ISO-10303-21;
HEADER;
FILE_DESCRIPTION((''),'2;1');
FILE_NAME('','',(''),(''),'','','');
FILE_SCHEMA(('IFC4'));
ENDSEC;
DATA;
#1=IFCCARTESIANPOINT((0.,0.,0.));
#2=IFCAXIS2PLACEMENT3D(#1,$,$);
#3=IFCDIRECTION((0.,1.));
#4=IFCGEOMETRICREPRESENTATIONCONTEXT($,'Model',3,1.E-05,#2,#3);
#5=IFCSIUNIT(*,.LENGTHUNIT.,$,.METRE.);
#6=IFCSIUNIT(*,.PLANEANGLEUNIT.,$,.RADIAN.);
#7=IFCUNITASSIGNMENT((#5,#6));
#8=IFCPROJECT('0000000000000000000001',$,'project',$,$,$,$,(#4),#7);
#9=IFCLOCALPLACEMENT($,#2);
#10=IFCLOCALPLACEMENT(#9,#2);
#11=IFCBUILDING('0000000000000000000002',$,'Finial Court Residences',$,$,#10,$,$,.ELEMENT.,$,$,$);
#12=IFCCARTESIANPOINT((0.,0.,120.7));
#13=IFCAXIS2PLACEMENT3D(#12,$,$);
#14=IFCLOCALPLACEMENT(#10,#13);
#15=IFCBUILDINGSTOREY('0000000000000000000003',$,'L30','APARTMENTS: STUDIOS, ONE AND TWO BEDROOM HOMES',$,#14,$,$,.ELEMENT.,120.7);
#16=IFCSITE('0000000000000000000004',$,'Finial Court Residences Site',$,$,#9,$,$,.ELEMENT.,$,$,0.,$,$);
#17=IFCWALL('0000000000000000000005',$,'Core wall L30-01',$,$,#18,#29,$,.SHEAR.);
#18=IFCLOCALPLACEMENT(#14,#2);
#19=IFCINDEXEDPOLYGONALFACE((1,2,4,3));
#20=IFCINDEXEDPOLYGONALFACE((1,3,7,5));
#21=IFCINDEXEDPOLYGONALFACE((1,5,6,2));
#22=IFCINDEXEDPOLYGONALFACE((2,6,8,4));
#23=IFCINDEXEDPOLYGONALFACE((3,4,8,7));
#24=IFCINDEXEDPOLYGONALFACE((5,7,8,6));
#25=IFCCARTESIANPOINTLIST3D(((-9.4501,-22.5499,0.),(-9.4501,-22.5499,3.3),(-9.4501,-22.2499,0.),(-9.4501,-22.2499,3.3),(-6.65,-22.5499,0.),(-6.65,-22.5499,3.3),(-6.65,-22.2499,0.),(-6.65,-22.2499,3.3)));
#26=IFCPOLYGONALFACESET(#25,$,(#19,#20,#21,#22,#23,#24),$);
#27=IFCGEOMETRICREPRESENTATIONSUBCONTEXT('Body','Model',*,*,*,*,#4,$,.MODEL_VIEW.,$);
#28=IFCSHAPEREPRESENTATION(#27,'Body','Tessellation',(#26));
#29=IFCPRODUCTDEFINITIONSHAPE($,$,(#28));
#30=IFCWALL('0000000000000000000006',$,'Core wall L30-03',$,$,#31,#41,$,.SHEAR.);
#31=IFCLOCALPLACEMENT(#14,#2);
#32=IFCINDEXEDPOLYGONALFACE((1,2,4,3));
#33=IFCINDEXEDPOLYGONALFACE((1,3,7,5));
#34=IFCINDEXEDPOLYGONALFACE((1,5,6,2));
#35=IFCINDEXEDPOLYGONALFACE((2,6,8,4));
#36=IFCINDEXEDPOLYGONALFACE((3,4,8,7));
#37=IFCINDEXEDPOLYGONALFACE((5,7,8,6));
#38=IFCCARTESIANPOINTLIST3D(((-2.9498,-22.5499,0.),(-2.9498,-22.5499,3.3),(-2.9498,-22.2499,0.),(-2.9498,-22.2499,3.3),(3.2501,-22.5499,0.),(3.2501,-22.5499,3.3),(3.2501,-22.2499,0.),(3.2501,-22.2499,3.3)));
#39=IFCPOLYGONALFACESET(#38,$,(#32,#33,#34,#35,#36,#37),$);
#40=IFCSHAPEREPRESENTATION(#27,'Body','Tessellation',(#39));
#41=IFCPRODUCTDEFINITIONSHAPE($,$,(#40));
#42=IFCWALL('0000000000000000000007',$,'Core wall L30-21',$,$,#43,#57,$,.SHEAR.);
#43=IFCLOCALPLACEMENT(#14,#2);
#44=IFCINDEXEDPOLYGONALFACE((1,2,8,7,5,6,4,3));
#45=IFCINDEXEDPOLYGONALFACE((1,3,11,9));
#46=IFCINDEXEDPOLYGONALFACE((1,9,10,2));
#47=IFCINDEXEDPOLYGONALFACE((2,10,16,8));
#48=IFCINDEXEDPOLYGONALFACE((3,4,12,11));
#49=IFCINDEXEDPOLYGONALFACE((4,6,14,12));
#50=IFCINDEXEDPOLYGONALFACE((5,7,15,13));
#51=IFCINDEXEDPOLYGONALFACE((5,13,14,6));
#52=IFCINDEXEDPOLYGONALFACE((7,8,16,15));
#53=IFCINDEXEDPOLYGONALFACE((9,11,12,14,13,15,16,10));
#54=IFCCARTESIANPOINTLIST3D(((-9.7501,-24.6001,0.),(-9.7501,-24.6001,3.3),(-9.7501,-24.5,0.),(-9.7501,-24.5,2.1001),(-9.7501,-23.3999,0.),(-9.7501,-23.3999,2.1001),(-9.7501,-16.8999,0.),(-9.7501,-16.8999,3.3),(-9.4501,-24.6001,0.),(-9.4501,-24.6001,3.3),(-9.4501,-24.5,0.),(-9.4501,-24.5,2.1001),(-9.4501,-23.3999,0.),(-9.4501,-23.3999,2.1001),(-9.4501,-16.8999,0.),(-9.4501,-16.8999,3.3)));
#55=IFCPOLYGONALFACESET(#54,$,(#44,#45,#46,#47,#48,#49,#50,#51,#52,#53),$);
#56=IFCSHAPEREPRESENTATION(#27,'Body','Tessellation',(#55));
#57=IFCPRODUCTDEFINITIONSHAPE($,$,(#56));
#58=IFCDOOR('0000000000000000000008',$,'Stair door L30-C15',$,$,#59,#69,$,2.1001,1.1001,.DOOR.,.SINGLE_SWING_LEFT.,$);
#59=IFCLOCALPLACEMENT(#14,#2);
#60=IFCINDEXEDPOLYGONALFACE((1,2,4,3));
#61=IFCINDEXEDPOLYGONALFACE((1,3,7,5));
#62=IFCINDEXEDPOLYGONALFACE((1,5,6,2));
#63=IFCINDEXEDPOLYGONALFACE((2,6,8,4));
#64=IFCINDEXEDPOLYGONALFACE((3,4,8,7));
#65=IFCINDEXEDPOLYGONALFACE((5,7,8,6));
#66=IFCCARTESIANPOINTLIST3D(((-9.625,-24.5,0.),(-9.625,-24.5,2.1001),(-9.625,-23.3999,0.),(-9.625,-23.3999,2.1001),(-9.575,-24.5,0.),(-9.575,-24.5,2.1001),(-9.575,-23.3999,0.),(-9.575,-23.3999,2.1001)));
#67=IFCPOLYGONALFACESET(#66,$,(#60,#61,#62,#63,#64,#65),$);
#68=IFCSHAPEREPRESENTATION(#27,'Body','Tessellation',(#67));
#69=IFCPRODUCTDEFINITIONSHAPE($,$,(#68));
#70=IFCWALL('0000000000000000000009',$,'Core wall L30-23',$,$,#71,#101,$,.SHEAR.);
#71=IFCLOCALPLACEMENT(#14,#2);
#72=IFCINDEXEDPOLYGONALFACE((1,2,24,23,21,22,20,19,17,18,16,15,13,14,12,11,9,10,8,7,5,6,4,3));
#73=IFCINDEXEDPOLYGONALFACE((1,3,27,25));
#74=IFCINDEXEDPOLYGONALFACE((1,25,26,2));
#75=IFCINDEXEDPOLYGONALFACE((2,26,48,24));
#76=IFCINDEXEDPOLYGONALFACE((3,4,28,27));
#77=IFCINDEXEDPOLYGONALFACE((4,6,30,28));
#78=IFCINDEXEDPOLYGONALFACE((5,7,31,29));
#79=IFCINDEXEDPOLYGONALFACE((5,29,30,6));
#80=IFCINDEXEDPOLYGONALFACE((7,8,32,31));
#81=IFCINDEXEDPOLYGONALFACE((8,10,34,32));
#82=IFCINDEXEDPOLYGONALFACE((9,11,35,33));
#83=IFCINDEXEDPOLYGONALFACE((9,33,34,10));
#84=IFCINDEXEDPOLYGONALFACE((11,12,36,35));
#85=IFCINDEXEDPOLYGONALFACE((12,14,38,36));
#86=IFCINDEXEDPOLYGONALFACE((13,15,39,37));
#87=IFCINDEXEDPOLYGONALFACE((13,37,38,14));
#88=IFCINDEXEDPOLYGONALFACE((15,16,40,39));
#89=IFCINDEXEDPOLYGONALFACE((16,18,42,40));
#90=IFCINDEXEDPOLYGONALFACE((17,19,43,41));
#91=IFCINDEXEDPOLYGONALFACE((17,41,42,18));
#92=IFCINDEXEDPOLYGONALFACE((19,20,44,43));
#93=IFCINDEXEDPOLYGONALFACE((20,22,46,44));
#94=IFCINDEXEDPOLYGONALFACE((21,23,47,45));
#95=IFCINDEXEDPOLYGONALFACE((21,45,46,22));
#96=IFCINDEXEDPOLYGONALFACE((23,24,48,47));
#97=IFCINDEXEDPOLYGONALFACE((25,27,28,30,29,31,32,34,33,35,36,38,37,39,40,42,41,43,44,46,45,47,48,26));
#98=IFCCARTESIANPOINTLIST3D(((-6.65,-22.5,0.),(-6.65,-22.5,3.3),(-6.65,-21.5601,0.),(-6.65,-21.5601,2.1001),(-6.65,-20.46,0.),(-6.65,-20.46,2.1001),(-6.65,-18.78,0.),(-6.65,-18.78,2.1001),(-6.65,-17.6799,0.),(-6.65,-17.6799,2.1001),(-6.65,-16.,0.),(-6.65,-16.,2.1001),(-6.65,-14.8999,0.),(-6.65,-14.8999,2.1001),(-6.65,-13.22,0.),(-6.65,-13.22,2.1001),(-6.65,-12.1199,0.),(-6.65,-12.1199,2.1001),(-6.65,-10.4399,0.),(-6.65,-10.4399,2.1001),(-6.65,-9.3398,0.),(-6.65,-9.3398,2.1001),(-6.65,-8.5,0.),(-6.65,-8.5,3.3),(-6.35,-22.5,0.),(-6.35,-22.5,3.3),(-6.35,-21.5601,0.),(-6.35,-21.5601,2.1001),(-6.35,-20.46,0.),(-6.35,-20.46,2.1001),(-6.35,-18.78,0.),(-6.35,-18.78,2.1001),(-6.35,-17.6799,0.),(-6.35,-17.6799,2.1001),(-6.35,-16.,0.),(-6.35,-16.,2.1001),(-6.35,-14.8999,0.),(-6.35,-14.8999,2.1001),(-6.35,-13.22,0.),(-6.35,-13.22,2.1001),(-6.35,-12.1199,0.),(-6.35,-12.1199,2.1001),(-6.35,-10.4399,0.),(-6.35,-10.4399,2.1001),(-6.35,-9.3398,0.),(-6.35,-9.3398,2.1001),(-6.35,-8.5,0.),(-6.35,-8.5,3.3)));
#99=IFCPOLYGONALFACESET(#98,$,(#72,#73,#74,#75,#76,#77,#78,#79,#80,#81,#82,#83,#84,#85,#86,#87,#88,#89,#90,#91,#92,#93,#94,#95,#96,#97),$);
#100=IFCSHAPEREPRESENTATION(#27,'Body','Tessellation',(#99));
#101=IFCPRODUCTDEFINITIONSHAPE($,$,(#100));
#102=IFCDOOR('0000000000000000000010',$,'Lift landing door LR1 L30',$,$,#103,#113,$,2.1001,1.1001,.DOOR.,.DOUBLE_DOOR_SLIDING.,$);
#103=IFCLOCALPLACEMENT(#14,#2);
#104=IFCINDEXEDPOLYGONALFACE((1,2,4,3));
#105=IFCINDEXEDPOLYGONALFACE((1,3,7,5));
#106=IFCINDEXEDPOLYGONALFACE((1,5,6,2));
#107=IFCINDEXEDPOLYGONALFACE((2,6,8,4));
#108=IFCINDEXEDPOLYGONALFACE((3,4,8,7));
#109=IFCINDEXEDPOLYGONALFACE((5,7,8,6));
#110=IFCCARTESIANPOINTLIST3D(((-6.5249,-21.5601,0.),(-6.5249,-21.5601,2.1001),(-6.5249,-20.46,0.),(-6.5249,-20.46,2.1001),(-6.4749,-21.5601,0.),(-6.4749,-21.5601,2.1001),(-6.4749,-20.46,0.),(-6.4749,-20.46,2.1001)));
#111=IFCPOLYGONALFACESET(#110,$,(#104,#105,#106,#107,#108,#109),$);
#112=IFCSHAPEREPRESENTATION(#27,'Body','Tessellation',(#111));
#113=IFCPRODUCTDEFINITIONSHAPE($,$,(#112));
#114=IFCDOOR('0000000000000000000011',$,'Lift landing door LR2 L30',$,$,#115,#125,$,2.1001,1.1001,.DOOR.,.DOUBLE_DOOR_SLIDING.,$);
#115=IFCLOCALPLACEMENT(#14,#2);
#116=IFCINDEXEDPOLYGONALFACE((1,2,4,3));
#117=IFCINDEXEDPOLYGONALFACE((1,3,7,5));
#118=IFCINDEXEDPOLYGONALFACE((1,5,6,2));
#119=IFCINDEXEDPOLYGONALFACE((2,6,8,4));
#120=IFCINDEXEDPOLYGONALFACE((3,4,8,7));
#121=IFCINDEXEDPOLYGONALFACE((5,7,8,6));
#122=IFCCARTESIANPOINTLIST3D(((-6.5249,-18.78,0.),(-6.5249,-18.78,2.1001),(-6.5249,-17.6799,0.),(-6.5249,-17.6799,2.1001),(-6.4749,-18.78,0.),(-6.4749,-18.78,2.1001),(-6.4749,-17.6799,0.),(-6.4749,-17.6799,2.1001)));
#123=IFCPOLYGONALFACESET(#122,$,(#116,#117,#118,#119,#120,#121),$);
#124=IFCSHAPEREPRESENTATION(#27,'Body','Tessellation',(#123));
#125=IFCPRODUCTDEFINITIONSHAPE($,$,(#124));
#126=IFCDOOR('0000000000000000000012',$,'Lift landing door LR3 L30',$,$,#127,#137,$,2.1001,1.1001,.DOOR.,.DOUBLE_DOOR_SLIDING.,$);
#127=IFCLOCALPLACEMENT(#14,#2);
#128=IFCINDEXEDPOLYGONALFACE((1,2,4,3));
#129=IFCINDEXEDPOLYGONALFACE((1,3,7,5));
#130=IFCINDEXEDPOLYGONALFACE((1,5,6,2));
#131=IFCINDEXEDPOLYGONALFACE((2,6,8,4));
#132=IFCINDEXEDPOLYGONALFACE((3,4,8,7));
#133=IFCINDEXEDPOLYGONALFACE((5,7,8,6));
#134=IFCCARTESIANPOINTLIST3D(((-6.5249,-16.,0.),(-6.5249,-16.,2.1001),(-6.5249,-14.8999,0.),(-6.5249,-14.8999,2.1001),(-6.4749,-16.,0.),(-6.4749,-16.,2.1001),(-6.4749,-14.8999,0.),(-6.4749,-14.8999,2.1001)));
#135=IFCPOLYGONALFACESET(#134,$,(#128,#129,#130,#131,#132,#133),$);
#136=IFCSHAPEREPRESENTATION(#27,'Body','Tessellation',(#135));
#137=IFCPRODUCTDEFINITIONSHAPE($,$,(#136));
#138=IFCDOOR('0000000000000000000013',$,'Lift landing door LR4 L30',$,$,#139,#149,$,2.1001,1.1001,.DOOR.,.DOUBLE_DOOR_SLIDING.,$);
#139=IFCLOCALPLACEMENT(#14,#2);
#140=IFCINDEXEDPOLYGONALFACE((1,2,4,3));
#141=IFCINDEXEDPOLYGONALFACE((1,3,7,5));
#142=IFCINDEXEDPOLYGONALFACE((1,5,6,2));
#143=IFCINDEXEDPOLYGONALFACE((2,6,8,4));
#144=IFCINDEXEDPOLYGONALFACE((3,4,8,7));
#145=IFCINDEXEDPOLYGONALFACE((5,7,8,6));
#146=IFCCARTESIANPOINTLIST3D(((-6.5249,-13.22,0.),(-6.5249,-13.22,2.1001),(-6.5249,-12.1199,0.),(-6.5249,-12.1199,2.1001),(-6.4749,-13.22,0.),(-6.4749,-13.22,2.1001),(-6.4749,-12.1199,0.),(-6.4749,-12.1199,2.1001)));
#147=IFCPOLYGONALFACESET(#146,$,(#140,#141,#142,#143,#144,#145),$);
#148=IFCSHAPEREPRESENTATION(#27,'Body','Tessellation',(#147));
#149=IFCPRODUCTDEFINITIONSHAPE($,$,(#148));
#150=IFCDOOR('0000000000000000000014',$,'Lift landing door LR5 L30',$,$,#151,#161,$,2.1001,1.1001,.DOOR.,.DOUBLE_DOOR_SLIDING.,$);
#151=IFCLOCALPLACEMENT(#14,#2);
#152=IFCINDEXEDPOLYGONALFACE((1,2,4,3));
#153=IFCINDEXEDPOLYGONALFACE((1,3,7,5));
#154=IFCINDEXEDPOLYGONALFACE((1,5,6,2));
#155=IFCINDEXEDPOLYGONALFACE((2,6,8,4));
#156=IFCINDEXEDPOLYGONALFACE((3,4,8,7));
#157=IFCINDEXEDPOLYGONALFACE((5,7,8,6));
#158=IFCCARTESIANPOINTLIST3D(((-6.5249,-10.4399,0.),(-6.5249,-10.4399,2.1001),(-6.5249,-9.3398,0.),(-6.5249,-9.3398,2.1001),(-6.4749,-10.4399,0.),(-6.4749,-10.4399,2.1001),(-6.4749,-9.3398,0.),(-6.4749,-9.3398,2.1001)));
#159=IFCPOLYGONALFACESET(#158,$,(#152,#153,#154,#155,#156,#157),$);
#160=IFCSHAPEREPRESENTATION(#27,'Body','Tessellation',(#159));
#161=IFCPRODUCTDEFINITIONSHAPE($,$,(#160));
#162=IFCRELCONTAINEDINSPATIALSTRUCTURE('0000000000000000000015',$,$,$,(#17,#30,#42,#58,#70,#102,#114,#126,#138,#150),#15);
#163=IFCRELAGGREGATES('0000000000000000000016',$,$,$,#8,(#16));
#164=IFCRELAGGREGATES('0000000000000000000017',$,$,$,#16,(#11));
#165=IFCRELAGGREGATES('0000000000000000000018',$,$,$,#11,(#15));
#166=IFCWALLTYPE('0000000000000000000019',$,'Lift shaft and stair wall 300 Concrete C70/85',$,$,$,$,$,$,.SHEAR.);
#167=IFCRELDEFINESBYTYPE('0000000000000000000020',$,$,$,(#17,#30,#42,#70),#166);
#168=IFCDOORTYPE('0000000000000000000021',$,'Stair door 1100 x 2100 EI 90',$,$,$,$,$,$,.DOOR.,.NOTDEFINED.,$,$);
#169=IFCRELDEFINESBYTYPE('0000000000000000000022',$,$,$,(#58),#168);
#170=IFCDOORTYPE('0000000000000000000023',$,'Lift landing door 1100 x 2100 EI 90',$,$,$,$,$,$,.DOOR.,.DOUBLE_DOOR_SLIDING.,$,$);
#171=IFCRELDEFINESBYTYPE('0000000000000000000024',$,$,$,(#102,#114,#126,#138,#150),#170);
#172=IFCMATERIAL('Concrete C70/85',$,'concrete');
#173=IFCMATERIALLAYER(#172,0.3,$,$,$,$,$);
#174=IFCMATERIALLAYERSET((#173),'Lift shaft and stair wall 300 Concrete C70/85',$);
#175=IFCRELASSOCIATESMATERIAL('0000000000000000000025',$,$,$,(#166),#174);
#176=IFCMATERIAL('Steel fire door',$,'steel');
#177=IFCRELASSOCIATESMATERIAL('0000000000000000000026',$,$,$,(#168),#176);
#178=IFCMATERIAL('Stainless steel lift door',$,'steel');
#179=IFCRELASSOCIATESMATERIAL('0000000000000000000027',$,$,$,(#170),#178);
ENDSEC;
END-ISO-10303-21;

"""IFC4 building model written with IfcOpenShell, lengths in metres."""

from ifc_helpers import new_model, si_unit, direction, frame, frame_2d, origin, place, context, subcontext, project, spatial, rectangle, extrude, material, layer, layer_set, type_object, element, fill, save


model = new_model("IFC4")

# Units and contexts
model_context = context("Model", 3, precision=1e-05, world=origin(), true_north=direction((0.0, 1.0)))
body_context = subcontext(model_context, "Body", "Model", "MODEL_VIEW")
ifc_project = project(units=[si_unit("LENGTHUNIT", "METRE"), si_unit("PLANEANGLEUNIT", "RADIAN")], contexts=[model_context])

# Site, building, storey
site_placement = place(None, origin())
site = spatial("IfcSite", under=ifc_project, at=site_placement, Name="Finial Court Residences Site", CompositionType="ELEMENT", RefElevation=0.0)
building_placement = place(site_placement, origin())
building = spatial("IfcBuilding", under=site, at=building_placement, Name="Finial Court Residences", CompositionType="ELEMENT")
storey_placement = place(building_placement, frame((0.0, 0.0, 120.7)))
storey = spatial("IfcBuildingStorey", under=building, at=storey_placement, Name="L30", Description="APARTMENTS: STUDIOS, ONE AND TWO BEDROOM HOMES", CompositionType="ELEMENT", Elevation=120.7)

# Walls
ifc_material_1 = material(Name="Concrete C70/85", Category="concrete")
ifc_layer_1 = layer(ifc_material_1, 0.3)
ifc_layer_set_1 = layer_set([ifc_layer_1], Name="Lift shaft and stair wall 300 Concrete C70/85")
wall_type_1 = type_object("IfcWallType", Name="Lift shaft and stair wall 300 Concrete C70/85", PredefinedType="SHEAR", material=ifc_layer_set_1)
wall_1_placement = place(storey_placement, frame((-9.45, -22.3999, 0.0), z_axis=(0.0, 0.0, 1.0), x_axis=(1.0, 0.0, 0.0)))
element("IfcWall", 1, at=wall_1_placement, inside=storey, type_object=wall_type_1, Name="Core wall L30-01", PredefinedType="SHEAR", context=body_context, shape_type="SweptSolid", body=[
    extrude(rectangle(XDim=2.8, YDim=0.3, at=frame_2d((1.3999, 0.0))), origin(), (0.0, 0.0, 1.0), 3.3),
])
wall_2_placement = place(storey_placement, frame((-2.95, -22.3999, 0.0), z_axis=(0.0, 0.0, 1.0), x_axis=(1.0, 0.0, 0.0)))
element("IfcWall", 2, at=wall_2_placement, inside=storey, type_object=wall_type_1, Name="Core wall L30-03", PredefinedType="SHEAR", context=body_context, shape_type="SweptSolid", body=[
    extrude(rectangle(XDim=6.2, YDim=0.3, at=frame_2d((3.1001, 0.0))), origin(), (0.0, 0.0, 1.0), 3.3),
])

# Wall, opening, door
wall_3_placement = place(storey_placement, frame((-9.6001, -24.6001, 0.0), z_axis=(0.0, 0.0, 1.0), x_axis=(0.0, 1.0, 0.0)))
wall_3 = element("IfcWall", 3, at=wall_3_placement, inside=storey, type_object=wall_type_1, Name="Core wall L30-21", PredefinedType="SHEAR", context=body_context, shape_type="SweptSolid", body=[
    extrude(rectangle(XDim=7.7002, YDim=0.3, at=frame_2d((3.8501, 0.0))), origin(), (0.0, 0.0, 1.0), 3.3),
])
opening_1_placement = place(wall_3_placement, frame((0.1001, 0.0, 0.0)))
opening_1 = element("IfcOpeningElement", 4, at=opening_1_placement, cuts=wall_3, PredefinedType="OPENING", context=body_context, shape_type="SweptSolid", body=[
    extrude(rectangle(XDim=1.1001, YDim=2.1001, at=frame_2d((0.55, 1.05))), frame((0.0, 0.1599, 0.0), z_axis=(0.0, -1.0, 0.0), x_axis=(1.0, 0.0, 0.0)), (0.0, 0.0, 1.0), 0.3201),
])
ifc_material_2 = material(Name="Steel fire door", Category="steel")
door_type_1 = type_object("IfcDoorType", Name="Stair door 1100 x 2100 EI 90", OperationType="NOTDEFINED", PredefinedType="DOOR", material=ifc_material_2)
door_1_placement = place(opening_1_placement, origin())
door_1 = element("IfcDoor", 5, at=door_1_placement, inside=storey, type_object=door_type_1, Name="Stair door L30-C15", OperationType="SINGLE_SWING_LEFT", OverallHeight=2.1001, OverallWidth=1.1001, PredefinedType="DOOR", context=body_context, shape_type="SweptSolid", body=[
    extrude(rectangle(XDim=1.1001, YDim=2.1001, at=frame_2d((0.55, 1.05))), frame((0.0, 0.0249, 0.0), z_axis=(0.0, -1.0, 0.0), x_axis=(1.0, 0.0, 0.0)), (0.0, 0.0, 1.0), 0.05),
])
fill(opening_1, door_1)

# Wall, openings, doors
wall_4_placement = place(storey_placement, frame((-6.5, -22.5, 0.0), z_axis=(0.0, 0.0, 1.0), x_axis=(0.0, 1.0, 0.0)))
wall_4 = element("IfcWall", 6, at=wall_4_placement, inside=storey, type_object=wall_type_1, Name="Core wall L30-23", PredefinedType="SHEAR", context=body_context, shape_type="SweptSolid", body=[
    extrude(rectangle(XDim=14.0, YDim=0.3, at=frame_2d((7.0, 0.0))), origin(), (0.0, 0.0, 1.0), 3.3),
])
opening_2_placement = place(wall_4_placement, frame((0.9399, 0.0, 0.0)))
opening_2 = element("IfcOpeningElement", 7, at=opening_2_placement, cuts=wall_4, PredefinedType="OPENING", context=body_context, shape_type="SweptSolid", body=[
    extrude(rectangle(XDim=1.1001, YDim=2.1001, at=frame_2d((0.55, 1.05))), frame((0.0, 0.1599, 0.0), z_axis=(0.0, -1.0, 0.0), x_axis=(1.0, 0.0, 0.0)), (0.0, 0.0, 1.0), 0.3201),
])
opening_3_placement = place(wall_4_placement, frame((3.72, 0.0, 0.0)))
opening_3 = element("IfcOpeningElement", 8, at=opening_3_placement, cuts=wall_4, PredefinedType="OPENING", context=body_context, shape_type="SweptSolid", body=[
    extrude(rectangle(XDim=1.1001, YDim=2.1001, at=frame_2d((0.55, 1.05))), frame((0.0, 0.1599, 0.0), z_axis=(0.0, -1.0, 0.0), x_axis=(1.0, 0.0, 0.0)), (0.0, 0.0, 1.0), 0.3201),
])
opening_4_placement = place(wall_4_placement, frame((6.5, 0.0, 0.0)))
opening_4 = element("IfcOpeningElement", 9, at=opening_4_placement, cuts=wall_4, PredefinedType="OPENING", context=body_context, shape_type="SweptSolid", body=[
    extrude(rectangle(XDim=1.1001, YDim=2.1001, at=frame_2d((0.55, 1.05))), frame((0.0, 0.1599, 0.0), z_axis=(0.0, -1.0, 0.0), x_axis=(1.0, 0.0, 0.0)), (0.0, 0.0, 1.0), 0.3201),
])
opening_5_placement = place(wall_4_placement, frame((9.28, 0.0, 0.0)))
opening_5 = element("IfcOpeningElement", 10, at=opening_5_placement, cuts=wall_4, PredefinedType="OPENING", context=body_context, shape_type="SweptSolid", body=[
    extrude(rectangle(XDim=1.1001, YDim=2.1001, at=frame_2d((0.55, 1.05))), frame((0.0, 0.1599, 0.0), z_axis=(0.0, -1.0, 0.0), x_axis=(1.0, 0.0, 0.0)), (0.0, 0.0, 1.0), 0.3201),
])
opening_6_placement = place(wall_4_placement, frame((12.0601, 0.0, 0.0)))
opening_6 = element("IfcOpeningElement", 11, at=opening_6_placement, cuts=wall_4, PredefinedType="OPENING", context=body_context, shape_type="SweptSolid", body=[
    extrude(rectangle(XDim=1.1001, YDim=2.1001, at=frame_2d((0.55, 1.05))), frame((0.0, 0.1599, 0.0), z_axis=(0.0, -1.0, 0.0), x_axis=(1.0, 0.0, 0.0)), (0.0, 0.0, 1.0), 0.3201),
])
ifc_material_3 = material(Name="Stainless steel lift door", Category="steel")
door_type_2 = type_object("IfcDoorType", Name="Lift landing door 1100 x 2100 EI 90", OperationType="DOUBLE_DOOR_SLIDING", PredefinedType="DOOR", material=ifc_material_3)
door_2_placement = place(opening_2_placement, origin())
door_2 = element("IfcDoor", 12, at=door_2_placement, inside=storey, type_object=door_type_2, Name="Lift landing door LR1 L30", OperationType="DOUBLE_DOOR_SLIDING", OverallHeight=2.1001, OverallWidth=1.1001, PredefinedType="DOOR", context=body_context, shape_type="SweptSolid", body=[
    extrude(rectangle(XDim=1.1001, YDim=2.1001, at=frame_2d((0.55, 1.05))), frame((0.0, 0.0249, 0.0), z_axis=(0.0, -1.0, 0.0), x_axis=(1.0, 0.0, 0.0)), (0.0, 0.0, 1.0), 0.05),
])
fill(opening_2, door_2)
door_3_placement = place(opening_3_placement, origin())
door_3 = element("IfcDoor", 13, at=door_3_placement, inside=storey, type_object=door_type_2, Name="Lift landing door LR2 L30", OperationType="DOUBLE_DOOR_SLIDING", OverallHeight=2.1001, OverallWidth=1.1001, PredefinedType="DOOR", context=body_context, shape_type="SweptSolid", body=[
    extrude(rectangle(XDim=1.1001, YDim=2.1001, at=frame_2d((0.55, 1.05))), frame((0.0, 0.0249, 0.0), z_axis=(0.0, -1.0, 0.0), x_axis=(1.0, 0.0, 0.0)), (0.0, 0.0, 1.0), 0.05),
])
fill(opening_3, door_3)
door_4_placement = place(opening_4_placement, origin())
door_4 = element("IfcDoor", 14, at=door_4_placement, inside=storey, type_object=door_type_2, Name="Lift landing door LR3 L30", OperationType="DOUBLE_DOOR_SLIDING", OverallHeight=2.1001, OverallWidth=1.1001, PredefinedType="DOOR", context=body_context, shape_type="SweptSolid", body=[
    extrude(rectangle(XDim=1.1001, YDim=2.1001, at=frame_2d((0.55, 1.05))), frame((0.0, 0.0249, 0.0), z_axis=(0.0, -1.0, 0.0), x_axis=(1.0, 0.0, 0.0)), (0.0, 0.0, 1.0), 0.05),
])
fill(opening_4, door_4)
door_5_placement = place(opening_5_placement, origin())
door_5 = element("IfcDoor", 15, at=door_5_placement, inside=storey, type_object=door_type_2, Name="Lift landing door LR4 L30", OperationType="DOUBLE_DOOR_SLIDING", OverallHeight=2.1001, OverallWidth=1.1001, PredefinedType="DOOR", context=body_context, shape_type="SweptSolid", body=[
    extrude(rectangle(XDim=1.1001, YDim=2.1001, at=frame_2d((0.55, 1.05))), frame((0.0, 0.0249, 0.0), z_axis=(0.0, -1.0, 0.0), x_axis=(1.0, 0.0, 0.0)), (0.0, 0.0, 1.0), 0.05),
])
fill(opening_5, door_5)
door_6_placement = place(opening_6_placement, origin())
door_6 = element("IfcDoor", 16, at=door_6_placement, inside=storey, type_object=door_type_2, Name="Lift landing door LR5 L30", OperationType="DOUBLE_DOOR_SLIDING", OverallHeight=2.1001, OverallWidth=1.1001, PredefinedType="DOOR", context=body_context, shape_type="SweptSolid", body=[
    extrude(rectangle(XDim=1.1001, YDim=2.1001, at=frame_2d((0.55, 1.05))), frame((0.0, 0.0249, 0.0), z_axis=(0.0, -1.0, 0.0), x_axis=(1.0, 0.0, 0.0)), (0.0, 0.0, 1.0), 0.05),
])
fill(opening_6, door_6)

save(model, "model.ifc")
